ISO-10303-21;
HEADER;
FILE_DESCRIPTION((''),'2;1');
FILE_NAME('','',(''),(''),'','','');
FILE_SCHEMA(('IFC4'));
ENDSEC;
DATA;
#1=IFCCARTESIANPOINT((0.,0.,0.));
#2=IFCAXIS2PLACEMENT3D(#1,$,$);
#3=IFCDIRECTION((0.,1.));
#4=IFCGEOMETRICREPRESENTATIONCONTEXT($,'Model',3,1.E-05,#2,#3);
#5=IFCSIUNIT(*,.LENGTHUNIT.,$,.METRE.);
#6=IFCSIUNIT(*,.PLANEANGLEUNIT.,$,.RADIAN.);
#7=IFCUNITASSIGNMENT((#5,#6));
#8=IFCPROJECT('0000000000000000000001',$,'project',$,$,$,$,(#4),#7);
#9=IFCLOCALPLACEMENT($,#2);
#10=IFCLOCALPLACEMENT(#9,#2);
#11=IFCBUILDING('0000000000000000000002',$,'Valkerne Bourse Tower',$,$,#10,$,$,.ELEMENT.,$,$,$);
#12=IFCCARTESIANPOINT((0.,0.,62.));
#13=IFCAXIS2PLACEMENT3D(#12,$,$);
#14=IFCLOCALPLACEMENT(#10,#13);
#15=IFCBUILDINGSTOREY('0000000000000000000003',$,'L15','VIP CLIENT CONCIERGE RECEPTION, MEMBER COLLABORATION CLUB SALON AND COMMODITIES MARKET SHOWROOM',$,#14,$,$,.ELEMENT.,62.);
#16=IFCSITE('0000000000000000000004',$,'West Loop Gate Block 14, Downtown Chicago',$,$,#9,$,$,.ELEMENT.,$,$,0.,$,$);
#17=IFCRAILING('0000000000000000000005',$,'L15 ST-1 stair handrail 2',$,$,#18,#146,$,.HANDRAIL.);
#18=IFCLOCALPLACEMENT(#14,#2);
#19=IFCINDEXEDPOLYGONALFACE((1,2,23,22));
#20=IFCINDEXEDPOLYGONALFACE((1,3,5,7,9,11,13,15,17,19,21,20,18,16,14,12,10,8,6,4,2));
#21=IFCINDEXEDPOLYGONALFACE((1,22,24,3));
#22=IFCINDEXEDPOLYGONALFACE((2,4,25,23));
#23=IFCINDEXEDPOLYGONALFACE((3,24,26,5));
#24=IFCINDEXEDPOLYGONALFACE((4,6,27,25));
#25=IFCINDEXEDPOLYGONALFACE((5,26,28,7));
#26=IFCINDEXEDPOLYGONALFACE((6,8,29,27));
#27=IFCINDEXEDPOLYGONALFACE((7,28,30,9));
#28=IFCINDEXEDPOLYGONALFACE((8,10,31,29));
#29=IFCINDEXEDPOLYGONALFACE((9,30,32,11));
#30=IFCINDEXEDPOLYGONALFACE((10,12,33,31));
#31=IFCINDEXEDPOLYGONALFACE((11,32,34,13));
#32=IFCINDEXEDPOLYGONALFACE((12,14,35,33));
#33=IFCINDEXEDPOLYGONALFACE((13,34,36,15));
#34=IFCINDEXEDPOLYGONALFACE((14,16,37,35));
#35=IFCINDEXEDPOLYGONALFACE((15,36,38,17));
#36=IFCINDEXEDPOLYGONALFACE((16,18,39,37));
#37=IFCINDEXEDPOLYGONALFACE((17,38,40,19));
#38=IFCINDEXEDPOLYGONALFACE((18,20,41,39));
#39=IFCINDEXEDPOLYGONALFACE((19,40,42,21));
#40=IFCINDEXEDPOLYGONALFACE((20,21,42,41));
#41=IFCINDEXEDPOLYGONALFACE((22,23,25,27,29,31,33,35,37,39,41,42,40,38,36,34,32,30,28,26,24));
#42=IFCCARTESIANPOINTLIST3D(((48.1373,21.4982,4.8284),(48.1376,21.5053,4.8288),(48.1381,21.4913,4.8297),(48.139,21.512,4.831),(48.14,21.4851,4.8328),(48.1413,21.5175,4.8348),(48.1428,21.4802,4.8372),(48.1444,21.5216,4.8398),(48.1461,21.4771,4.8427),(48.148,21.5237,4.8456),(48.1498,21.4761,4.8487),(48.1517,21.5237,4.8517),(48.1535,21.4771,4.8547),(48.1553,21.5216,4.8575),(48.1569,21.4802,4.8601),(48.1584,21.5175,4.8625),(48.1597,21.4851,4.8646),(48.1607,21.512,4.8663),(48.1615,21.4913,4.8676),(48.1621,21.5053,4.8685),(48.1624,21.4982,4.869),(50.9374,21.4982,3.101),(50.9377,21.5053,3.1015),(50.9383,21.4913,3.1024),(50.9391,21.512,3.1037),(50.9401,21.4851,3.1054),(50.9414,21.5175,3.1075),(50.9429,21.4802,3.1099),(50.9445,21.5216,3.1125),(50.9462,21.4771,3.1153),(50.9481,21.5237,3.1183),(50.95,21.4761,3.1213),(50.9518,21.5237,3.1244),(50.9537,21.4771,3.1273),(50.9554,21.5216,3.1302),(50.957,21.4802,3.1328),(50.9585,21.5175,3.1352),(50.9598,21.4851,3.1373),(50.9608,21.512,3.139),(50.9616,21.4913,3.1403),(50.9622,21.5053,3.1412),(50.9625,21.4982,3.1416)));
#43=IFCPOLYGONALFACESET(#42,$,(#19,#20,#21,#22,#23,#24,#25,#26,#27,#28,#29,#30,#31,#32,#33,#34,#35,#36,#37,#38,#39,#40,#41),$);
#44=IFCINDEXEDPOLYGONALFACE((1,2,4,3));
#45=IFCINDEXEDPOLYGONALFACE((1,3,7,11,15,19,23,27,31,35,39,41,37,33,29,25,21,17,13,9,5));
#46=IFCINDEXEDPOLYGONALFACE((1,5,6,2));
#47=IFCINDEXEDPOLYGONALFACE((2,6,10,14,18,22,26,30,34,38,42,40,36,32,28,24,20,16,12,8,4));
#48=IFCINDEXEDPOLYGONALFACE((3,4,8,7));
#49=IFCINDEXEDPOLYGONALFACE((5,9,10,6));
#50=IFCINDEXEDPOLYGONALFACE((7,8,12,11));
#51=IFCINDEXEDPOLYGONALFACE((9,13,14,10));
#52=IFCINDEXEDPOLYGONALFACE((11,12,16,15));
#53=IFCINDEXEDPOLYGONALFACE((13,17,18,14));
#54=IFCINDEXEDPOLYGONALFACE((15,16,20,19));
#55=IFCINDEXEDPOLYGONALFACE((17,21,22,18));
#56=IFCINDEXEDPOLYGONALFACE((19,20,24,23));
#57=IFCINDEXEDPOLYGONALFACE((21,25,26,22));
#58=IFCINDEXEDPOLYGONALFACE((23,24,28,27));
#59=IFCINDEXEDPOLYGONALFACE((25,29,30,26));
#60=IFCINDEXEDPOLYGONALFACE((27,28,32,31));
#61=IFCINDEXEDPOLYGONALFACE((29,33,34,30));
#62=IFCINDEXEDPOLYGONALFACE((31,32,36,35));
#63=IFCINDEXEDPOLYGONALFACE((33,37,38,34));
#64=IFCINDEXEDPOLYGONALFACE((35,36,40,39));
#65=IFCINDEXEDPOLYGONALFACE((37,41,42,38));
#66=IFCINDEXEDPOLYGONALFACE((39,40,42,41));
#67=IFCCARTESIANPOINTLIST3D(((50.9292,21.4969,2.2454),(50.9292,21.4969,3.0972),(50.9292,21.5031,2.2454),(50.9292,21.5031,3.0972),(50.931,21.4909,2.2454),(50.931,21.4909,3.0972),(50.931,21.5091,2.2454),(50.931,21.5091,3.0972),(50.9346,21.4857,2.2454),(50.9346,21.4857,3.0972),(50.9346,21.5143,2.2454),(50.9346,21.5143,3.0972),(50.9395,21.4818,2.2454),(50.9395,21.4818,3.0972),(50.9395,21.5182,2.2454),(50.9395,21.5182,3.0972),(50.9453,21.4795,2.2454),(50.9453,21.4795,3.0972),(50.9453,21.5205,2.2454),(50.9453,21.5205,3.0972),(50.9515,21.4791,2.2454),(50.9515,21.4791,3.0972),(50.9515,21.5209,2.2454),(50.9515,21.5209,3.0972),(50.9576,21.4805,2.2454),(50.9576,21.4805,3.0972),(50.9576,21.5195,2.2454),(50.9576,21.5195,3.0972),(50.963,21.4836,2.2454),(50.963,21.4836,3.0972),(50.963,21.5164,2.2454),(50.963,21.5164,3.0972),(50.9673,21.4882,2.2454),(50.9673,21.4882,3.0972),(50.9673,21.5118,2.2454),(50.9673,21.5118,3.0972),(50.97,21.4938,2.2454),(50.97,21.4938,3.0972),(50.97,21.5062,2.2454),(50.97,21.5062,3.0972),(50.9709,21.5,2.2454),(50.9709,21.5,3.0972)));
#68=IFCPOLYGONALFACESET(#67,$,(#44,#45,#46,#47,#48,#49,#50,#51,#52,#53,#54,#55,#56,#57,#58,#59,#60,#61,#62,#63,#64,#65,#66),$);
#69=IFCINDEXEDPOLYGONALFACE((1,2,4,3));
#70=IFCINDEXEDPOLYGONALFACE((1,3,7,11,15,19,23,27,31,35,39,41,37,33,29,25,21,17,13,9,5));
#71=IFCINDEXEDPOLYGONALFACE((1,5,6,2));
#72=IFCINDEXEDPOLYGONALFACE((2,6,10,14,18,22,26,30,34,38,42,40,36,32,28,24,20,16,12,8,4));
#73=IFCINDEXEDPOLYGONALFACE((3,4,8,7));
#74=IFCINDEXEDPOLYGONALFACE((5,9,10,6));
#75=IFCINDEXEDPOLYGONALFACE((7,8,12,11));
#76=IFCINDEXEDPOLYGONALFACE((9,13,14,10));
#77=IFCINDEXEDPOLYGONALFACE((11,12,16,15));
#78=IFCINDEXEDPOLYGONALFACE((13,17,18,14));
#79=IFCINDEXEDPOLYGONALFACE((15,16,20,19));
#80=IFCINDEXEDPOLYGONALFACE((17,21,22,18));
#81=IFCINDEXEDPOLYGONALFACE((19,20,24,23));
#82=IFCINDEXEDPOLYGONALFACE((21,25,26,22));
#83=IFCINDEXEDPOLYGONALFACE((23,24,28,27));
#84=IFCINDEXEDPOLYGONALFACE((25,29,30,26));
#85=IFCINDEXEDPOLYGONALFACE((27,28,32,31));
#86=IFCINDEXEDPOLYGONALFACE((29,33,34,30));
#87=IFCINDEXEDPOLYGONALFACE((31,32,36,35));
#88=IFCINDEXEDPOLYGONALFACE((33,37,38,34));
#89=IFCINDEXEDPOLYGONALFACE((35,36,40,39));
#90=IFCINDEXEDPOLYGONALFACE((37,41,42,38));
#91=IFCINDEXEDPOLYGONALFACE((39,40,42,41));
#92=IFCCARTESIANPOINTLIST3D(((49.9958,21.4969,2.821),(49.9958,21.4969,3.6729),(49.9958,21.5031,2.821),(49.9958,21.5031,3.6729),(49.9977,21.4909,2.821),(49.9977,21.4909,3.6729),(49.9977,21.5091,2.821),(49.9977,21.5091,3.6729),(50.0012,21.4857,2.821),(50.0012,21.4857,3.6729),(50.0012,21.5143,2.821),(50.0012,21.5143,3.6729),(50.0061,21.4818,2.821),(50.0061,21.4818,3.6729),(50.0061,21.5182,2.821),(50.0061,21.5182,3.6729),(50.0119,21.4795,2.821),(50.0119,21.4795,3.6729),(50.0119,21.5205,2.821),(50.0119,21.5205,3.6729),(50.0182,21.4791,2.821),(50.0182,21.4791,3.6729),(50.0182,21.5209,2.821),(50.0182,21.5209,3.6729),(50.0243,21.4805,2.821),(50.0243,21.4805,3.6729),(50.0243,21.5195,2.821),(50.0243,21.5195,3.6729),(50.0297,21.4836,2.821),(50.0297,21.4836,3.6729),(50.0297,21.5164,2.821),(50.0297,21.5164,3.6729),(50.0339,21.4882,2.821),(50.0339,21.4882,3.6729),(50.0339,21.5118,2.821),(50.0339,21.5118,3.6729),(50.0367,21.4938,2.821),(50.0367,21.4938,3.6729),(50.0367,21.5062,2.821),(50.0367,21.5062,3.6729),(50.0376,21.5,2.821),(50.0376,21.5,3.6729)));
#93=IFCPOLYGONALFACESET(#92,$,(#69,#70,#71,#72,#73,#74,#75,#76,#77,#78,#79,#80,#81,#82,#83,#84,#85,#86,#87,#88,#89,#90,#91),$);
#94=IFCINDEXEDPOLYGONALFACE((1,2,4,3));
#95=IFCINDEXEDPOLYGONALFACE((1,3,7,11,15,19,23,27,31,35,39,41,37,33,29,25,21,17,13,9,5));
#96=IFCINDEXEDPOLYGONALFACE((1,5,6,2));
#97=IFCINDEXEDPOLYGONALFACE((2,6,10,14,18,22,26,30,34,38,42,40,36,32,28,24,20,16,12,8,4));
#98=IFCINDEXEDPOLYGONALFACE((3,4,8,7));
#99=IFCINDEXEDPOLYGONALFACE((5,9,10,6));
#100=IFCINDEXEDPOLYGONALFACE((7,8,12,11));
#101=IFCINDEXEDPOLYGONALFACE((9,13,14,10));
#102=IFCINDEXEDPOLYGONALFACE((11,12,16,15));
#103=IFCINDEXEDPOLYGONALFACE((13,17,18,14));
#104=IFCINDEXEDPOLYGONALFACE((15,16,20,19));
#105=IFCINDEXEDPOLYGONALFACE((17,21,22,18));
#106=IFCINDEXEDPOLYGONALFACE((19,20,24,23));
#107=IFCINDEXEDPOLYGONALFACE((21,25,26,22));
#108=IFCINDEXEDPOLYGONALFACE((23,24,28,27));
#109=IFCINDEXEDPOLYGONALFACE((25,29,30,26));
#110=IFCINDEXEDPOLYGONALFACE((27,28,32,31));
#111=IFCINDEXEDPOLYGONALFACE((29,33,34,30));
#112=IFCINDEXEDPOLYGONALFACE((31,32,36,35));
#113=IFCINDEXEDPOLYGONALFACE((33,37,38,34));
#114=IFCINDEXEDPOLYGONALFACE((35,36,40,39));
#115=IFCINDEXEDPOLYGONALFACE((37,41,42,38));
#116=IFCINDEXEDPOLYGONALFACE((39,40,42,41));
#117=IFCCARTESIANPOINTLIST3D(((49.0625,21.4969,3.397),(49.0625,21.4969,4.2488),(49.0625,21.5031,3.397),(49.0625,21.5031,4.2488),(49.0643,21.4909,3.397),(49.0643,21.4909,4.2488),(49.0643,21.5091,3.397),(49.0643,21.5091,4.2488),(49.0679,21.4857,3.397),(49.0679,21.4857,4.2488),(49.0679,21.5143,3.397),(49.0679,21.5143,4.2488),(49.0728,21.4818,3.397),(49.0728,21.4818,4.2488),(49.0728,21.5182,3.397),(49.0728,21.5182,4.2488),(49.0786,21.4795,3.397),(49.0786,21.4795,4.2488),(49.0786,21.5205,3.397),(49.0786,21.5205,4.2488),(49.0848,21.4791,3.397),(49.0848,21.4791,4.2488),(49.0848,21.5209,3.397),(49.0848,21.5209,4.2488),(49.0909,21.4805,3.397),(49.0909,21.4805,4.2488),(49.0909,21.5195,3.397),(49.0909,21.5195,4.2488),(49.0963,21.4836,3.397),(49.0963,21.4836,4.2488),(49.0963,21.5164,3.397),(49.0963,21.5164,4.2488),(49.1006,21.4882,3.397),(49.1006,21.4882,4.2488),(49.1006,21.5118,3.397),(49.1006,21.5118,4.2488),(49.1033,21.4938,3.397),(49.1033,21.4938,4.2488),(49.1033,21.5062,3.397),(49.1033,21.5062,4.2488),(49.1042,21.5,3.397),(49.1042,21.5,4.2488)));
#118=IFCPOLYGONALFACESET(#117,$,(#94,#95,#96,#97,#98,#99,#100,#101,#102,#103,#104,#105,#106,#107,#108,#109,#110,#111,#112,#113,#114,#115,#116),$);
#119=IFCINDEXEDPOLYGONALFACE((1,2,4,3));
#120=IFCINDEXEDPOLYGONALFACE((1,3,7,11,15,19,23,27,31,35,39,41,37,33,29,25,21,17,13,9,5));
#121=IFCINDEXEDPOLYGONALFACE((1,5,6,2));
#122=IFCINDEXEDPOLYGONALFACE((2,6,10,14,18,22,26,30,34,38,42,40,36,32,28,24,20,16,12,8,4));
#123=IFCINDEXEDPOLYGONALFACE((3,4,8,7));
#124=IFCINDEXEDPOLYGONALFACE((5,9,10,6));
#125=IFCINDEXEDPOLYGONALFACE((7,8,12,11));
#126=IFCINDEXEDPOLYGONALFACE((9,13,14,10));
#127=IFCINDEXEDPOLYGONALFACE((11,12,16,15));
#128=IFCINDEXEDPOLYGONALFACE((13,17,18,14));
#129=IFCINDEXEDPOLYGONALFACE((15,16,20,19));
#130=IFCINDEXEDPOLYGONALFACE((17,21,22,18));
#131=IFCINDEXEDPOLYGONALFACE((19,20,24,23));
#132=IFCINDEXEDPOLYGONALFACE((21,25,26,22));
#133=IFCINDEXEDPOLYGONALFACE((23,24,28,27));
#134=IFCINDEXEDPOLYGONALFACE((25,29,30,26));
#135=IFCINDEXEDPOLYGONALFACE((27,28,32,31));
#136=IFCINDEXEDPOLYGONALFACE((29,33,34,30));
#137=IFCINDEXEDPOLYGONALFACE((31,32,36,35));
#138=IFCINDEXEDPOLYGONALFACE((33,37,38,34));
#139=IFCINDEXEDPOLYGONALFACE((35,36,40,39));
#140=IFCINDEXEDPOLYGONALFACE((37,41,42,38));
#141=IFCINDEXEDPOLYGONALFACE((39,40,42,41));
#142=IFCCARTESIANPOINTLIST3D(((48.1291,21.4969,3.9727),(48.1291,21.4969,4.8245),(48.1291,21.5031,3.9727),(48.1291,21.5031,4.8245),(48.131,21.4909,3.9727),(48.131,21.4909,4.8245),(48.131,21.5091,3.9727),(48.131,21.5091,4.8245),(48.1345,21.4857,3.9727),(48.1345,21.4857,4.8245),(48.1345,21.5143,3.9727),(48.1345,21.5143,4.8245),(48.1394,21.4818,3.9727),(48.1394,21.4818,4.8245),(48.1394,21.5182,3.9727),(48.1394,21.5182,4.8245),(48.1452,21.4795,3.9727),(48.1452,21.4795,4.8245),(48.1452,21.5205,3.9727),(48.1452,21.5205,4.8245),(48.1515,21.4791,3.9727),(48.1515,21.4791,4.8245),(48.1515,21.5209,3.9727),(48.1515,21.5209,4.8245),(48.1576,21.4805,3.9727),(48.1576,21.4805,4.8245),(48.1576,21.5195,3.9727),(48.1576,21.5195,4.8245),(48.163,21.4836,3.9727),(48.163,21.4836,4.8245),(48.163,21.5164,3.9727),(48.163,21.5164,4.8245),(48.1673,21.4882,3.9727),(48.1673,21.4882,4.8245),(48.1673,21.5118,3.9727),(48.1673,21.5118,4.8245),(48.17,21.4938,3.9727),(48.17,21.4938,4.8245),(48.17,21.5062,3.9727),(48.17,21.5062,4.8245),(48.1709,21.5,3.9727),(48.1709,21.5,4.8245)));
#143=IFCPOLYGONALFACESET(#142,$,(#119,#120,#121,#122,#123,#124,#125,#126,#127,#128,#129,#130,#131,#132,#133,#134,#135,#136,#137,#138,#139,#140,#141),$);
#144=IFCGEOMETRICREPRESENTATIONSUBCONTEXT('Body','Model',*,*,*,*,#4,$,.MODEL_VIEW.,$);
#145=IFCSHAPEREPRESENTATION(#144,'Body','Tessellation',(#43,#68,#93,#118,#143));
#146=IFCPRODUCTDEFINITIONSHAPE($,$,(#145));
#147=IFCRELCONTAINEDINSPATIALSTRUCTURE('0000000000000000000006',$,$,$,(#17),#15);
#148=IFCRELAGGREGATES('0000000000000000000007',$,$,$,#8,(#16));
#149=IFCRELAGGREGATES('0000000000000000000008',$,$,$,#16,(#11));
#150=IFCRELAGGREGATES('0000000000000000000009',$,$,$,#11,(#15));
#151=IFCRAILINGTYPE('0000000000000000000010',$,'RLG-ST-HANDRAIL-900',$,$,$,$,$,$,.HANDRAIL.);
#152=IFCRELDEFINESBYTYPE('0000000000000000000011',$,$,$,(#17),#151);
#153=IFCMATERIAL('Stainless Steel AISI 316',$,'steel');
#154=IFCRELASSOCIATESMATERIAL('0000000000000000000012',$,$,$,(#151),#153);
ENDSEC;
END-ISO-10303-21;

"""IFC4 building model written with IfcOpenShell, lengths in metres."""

from ifc_helpers import new_model, si_unit, direction, frame, origin, origin_2d, place, context, subcontext, project, spatial, circle, extrude, material, type_object, element, save


model = new_model("IFC4")

# Units and contexts
model_context = context("Model", 3, precision=1e-05, world=origin(), true_north=direction((0.0, 1.0)))
body_context = subcontext(model_context, "Body", "Model", "MODEL_VIEW")
ifc_project = project(units=[si_unit("LENGTHUNIT", "METRE"), si_unit("PLANEANGLEUNIT", "RADIAN")], contexts=[model_context])

# Site, building, storey
site_placement = place(None, origin())
site = spatial("IfcSite", under=ifc_project, at=site_placement, Name="West Loop Gate Block 14, Downtown Chicago", CompositionType="ELEMENT", RefElevation=0.0)
building_placement = place(site_placement, origin())
building = spatial("IfcBuilding", under=site, at=building_placement, Name="Valkerne Bourse Tower", CompositionType="ELEMENT")
storey_placement = place(building_placement, frame((0.0, 0.0, 62.0)))
storey = spatial("IfcBuildingStorey", under=building, at=storey_placement, Name="L15", Description="VIP CLIENT CONCIERGE RECEPTION, MEMBER COLLABORATION CLUB SALON AND COMMODITIES MARKET SHOWROOM", CompositionType="ELEMENT", Elevation=62.0)

# Shared definitions
ifc_material_1 = material(Name="Stainless Steel AISI 316", Category="steel")

# Railing
railing_type_1 = type_object("IfcRailingType", Name="RLG-ST-HANDRAIL-900", PredefinedType="HANDRAIL", material=ifc_material_1)
railing_1_placement = place(storey_placement, frame((50.95, 21.5, 2.2454)))
element("IfcRailing", 1, at=railing_1_placement, inside=storey, type_object=railing_type_1, Name="L15 ST-1 stair handrail 2", PredefinedType="HANDRAIL", context=body_context, shape_type="SweptSolid", body=[
    extrude(circle(Radius=0.0239, at=origin_2d()), frame((0.0, 0.0, 0.876), z_axis=(-0.85109, 0.0, 0.52502), x_axis=(0.0, -1.0, 0.0)), (0.0, 0.0, 1.0), 3.29),
    extrude(circle(Radius=0.021, at=origin_2d()), origin(), (0.0, 0.0, 1.0), 0.8518),
    extrude(circle(Radius=0.021, at=origin_2d()), frame((-0.9333, 0.0, 0.5757)), (0.0, 0.0, 1.0), 0.8518),
    extrude(circle(Radius=0.021, at=origin_2d()), frame((-1.8667, 0.0, 1.1516)), (0.0, 0.0, 1.0), 0.8518),
    extrude(circle(Radius=0.021, at=origin_2d()), frame((-2.8, 0.0, 1.7273)), (0.0, 0.0, 1.0), 0.8518),
])

save(model, "model.ifc")
